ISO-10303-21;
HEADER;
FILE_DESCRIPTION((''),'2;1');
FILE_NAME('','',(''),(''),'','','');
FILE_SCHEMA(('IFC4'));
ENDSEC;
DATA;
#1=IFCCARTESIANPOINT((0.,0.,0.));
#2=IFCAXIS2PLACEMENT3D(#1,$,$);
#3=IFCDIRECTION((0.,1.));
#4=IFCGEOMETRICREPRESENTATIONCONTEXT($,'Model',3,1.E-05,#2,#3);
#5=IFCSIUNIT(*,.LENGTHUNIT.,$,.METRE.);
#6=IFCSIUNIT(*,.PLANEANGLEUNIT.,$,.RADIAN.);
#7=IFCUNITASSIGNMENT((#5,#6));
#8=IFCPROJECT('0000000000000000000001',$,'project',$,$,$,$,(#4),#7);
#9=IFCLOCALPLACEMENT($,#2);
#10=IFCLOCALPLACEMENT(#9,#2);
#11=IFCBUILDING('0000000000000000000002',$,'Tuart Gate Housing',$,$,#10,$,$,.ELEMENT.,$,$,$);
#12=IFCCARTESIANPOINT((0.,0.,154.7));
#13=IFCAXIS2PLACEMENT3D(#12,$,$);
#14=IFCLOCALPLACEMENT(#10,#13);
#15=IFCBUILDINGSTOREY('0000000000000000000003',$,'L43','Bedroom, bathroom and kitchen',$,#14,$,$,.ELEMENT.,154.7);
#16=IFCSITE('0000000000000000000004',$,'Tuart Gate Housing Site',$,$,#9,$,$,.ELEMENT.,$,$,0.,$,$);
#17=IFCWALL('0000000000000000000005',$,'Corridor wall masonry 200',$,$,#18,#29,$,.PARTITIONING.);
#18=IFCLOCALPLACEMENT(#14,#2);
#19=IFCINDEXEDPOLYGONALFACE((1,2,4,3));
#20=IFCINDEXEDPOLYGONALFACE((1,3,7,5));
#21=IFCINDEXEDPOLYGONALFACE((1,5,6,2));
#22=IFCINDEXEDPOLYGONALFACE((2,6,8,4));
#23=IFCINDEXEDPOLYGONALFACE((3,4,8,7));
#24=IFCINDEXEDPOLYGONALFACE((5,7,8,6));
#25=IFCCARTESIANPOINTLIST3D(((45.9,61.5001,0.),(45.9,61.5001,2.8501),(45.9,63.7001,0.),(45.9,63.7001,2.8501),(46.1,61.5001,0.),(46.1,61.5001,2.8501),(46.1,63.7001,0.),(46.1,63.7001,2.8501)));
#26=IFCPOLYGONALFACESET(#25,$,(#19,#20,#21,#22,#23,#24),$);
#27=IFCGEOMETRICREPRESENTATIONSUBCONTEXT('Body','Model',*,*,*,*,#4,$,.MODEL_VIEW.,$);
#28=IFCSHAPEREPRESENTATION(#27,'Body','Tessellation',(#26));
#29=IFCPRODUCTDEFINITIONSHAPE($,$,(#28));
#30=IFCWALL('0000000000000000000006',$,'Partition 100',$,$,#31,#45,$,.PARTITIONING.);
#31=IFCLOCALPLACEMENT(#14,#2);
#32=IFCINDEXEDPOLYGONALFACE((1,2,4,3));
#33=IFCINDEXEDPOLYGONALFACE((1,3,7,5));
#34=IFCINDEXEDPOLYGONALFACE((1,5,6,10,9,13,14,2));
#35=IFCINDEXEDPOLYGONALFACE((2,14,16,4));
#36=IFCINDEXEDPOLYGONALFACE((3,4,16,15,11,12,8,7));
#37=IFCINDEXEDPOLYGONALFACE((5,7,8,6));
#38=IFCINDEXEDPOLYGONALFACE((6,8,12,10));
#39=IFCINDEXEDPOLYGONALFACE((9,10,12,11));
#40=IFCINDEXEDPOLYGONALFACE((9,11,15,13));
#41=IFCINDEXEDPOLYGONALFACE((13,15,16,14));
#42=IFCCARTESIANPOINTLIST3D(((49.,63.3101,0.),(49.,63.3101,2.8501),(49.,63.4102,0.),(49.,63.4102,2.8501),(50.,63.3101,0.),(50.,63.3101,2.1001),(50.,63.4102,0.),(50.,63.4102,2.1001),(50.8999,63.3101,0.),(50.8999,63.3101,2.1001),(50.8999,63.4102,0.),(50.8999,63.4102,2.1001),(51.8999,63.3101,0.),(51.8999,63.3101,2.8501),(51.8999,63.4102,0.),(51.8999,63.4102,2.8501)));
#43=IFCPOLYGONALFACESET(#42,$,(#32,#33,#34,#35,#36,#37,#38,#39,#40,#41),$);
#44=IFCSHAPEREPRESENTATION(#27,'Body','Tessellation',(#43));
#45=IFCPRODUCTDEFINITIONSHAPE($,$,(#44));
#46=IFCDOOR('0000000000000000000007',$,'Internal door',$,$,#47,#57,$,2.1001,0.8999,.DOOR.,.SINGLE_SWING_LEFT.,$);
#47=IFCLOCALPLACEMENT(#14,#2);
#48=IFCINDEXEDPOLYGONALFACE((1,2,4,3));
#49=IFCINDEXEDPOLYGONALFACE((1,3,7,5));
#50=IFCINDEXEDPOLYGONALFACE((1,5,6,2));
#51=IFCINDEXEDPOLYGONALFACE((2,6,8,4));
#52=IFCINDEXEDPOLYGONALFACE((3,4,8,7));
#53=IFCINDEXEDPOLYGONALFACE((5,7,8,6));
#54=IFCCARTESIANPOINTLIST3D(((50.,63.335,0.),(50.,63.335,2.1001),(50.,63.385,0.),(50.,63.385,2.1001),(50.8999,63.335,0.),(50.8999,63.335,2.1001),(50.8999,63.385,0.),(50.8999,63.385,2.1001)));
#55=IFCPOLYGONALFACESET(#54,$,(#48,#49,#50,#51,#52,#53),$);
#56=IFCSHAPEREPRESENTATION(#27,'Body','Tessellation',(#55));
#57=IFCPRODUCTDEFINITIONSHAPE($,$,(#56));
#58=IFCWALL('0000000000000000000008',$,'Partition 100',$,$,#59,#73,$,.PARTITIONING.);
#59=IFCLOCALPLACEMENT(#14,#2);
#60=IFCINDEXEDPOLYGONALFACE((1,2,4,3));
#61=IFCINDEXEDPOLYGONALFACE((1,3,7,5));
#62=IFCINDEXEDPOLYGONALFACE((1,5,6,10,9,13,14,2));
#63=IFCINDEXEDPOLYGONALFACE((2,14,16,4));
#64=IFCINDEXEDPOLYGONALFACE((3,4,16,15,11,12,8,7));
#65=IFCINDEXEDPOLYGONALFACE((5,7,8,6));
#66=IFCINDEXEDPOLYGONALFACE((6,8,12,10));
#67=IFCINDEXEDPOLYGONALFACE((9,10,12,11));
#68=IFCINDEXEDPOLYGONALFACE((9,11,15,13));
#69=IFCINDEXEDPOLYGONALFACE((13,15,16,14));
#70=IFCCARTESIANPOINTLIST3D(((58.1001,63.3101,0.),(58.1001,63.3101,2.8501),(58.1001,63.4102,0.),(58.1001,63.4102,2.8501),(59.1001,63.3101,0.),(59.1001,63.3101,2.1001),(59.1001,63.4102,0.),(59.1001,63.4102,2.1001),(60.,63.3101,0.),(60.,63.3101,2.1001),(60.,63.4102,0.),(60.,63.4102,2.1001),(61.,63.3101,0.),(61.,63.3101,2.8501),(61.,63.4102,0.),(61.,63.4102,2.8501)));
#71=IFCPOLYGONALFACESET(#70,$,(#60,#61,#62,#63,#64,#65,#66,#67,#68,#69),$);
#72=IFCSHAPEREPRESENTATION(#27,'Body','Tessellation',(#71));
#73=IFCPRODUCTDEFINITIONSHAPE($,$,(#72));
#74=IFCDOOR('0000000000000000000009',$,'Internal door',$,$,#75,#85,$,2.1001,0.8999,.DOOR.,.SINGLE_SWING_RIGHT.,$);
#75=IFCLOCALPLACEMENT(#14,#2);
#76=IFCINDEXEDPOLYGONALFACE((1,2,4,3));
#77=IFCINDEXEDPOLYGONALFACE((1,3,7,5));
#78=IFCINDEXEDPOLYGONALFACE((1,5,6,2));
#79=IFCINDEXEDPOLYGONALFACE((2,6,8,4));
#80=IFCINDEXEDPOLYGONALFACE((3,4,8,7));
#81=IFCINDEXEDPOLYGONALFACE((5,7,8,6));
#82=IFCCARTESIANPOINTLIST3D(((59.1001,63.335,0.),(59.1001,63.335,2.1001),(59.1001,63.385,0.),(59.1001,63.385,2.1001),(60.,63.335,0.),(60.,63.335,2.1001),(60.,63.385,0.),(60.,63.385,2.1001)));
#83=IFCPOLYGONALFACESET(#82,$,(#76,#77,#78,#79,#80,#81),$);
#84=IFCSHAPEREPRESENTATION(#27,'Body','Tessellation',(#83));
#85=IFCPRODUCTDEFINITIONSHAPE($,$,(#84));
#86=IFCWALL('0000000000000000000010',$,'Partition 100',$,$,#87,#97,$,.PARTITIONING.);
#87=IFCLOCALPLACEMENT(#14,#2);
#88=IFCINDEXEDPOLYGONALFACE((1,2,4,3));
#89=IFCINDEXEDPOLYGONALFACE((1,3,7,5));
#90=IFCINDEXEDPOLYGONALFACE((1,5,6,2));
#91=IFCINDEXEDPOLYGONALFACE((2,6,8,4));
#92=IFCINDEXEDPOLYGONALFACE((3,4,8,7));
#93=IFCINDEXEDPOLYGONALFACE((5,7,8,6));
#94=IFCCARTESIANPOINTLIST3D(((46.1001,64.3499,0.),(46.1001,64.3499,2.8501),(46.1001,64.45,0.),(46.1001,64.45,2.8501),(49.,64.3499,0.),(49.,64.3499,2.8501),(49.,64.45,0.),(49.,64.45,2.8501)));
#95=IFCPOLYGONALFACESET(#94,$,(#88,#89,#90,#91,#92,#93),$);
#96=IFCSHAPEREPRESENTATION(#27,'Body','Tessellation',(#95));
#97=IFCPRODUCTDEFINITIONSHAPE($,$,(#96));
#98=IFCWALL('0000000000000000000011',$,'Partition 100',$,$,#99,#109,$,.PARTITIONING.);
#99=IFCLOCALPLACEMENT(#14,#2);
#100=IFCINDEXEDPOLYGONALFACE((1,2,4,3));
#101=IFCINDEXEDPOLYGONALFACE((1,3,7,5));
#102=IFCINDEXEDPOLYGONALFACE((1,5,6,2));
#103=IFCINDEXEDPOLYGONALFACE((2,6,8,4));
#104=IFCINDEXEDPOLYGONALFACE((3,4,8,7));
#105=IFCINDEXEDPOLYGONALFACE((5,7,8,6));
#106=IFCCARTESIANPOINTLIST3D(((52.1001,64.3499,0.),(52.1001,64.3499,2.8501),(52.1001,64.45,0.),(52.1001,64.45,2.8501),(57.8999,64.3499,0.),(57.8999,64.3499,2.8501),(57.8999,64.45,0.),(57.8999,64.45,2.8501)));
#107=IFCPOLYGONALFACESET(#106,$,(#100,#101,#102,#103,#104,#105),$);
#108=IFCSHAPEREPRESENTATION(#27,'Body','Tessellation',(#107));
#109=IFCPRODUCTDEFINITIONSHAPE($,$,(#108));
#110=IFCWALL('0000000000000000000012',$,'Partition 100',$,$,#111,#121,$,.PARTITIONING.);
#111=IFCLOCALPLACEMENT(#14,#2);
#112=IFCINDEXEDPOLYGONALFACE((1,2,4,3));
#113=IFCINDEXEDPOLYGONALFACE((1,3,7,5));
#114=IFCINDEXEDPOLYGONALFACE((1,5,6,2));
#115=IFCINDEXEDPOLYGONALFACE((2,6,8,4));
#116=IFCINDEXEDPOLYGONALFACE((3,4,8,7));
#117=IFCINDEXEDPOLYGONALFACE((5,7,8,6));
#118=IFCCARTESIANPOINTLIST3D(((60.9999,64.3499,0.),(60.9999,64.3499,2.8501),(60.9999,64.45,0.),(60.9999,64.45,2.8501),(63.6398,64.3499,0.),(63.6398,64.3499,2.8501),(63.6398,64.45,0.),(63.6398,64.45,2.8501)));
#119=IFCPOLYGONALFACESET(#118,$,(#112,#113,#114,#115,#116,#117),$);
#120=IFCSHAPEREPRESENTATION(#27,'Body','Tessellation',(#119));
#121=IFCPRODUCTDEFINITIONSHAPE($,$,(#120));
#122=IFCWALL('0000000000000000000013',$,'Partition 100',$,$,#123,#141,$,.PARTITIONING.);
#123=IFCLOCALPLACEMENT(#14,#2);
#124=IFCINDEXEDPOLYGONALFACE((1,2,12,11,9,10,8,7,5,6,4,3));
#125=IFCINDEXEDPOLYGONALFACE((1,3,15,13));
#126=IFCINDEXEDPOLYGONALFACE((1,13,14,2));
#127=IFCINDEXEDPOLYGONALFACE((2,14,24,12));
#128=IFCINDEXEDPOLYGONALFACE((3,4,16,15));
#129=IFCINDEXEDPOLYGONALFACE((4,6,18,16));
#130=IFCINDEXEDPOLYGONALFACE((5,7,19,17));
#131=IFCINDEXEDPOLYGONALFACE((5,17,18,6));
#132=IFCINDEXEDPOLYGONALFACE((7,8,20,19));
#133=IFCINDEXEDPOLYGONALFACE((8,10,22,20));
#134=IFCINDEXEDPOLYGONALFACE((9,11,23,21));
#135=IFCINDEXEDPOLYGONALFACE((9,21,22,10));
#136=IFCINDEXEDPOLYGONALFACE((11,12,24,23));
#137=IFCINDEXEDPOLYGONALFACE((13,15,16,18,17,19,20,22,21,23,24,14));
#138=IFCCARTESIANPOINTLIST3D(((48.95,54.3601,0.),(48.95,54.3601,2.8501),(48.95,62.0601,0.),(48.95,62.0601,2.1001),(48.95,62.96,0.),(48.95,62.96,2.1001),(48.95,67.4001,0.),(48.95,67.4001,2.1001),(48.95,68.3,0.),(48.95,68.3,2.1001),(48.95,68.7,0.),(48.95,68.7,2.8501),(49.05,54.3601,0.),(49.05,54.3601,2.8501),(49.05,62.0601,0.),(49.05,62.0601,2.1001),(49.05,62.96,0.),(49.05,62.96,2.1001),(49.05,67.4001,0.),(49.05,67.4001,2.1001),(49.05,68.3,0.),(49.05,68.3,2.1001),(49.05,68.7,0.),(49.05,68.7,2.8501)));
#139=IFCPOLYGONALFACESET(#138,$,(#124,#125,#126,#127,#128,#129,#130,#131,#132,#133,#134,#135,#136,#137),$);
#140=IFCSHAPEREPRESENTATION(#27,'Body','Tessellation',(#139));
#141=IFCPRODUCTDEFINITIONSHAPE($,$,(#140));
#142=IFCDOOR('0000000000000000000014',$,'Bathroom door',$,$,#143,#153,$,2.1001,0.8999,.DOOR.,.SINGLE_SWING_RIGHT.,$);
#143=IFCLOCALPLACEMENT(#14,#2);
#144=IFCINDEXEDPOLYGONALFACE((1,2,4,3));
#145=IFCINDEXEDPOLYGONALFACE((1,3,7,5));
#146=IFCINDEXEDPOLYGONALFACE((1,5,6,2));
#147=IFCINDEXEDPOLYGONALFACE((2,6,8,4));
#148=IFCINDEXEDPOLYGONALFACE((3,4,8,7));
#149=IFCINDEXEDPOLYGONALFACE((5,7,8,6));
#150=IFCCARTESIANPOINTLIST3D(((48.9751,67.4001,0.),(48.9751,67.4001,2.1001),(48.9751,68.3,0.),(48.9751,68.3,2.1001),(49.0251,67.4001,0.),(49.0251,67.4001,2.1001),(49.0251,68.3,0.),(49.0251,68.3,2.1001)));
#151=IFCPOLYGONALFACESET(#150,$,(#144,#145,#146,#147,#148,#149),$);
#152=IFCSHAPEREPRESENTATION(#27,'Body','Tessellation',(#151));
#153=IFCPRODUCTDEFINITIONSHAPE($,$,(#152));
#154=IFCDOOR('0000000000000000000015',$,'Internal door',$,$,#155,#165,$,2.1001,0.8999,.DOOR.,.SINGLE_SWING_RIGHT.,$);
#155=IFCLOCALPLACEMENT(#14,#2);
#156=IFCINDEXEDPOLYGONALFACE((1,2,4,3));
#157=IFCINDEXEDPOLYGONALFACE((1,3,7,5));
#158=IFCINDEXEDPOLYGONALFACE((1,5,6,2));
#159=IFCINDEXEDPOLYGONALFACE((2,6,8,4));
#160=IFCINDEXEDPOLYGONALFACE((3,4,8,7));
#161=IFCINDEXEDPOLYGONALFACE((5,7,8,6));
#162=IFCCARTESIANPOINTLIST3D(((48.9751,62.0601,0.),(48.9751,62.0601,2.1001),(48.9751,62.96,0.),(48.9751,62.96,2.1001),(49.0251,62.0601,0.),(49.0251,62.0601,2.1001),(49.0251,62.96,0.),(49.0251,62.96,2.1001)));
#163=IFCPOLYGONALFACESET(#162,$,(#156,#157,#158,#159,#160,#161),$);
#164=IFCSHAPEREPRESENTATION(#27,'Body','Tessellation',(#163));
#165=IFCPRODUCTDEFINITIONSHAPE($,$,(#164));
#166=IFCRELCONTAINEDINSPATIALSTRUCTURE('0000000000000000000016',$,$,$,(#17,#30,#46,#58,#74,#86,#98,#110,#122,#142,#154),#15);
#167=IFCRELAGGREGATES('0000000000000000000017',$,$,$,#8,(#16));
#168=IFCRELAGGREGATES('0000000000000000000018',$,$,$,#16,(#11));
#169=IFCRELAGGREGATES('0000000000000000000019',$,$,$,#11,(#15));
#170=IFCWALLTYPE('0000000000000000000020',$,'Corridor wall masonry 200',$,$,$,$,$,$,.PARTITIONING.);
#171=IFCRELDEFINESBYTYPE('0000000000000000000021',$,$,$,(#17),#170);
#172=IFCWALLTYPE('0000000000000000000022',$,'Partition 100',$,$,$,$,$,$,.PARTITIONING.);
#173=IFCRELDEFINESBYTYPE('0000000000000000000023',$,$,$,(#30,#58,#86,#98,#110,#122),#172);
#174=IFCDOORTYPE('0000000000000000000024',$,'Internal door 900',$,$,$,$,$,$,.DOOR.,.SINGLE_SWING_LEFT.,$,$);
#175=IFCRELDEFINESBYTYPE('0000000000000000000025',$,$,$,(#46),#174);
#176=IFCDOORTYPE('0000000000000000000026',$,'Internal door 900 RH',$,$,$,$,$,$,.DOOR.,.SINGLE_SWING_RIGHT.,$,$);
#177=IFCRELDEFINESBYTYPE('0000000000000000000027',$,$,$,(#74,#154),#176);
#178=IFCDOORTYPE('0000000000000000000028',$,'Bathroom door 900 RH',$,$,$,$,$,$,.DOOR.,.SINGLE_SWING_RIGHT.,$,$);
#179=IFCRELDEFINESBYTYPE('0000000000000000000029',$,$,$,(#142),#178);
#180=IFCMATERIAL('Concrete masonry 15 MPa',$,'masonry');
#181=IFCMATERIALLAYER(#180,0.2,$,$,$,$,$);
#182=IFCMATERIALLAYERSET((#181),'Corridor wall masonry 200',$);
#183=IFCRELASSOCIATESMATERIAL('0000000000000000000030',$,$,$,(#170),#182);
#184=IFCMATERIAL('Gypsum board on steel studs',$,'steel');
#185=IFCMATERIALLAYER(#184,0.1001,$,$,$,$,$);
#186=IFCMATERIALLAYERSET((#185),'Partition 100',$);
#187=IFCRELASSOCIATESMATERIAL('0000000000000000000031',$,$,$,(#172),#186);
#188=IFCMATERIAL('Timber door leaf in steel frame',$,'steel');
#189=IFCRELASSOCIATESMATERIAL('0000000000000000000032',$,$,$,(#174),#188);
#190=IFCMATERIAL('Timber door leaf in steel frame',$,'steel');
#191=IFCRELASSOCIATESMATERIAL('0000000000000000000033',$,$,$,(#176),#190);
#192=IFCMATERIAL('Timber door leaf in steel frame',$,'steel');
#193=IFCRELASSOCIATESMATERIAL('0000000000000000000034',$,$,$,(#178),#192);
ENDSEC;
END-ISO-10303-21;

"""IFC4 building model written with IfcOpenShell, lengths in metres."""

from ifc_helpers import new_model, si_unit, direction, frame, frame_2d, origin, place, context, subcontext, project, spatial, rectangle, extrude, material, layer, layer_set, type_object, element, fill, save


model = new_model("IFC4")

# Units and contexts
model_context = context("Model", 3, precision=1e-05, world=origin(), true_north=direction((0.0, 1.0)))
body_context = subcontext(model_context, "Body", "Model", "MODEL_VIEW")
ifc_project = project(units=[si_unit("LENGTHUNIT", "METRE"), si_unit("PLANEANGLEUNIT", "RADIAN")], contexts=[model_context])

# Site, building, storey
site_placement = place(None, origin())
site = spatial("IfcSite", under=ifc_project, at=site_placement, Name="Tuart Gate Housing Site", CompositionType="ELEMENT", RefElevation=0.0)
building_placement = place(site_placement, origin())
building = spatial("IfcBuilding", under=site, at=building_placement, Name="Tuart Gate Housing", CompositionType="ELEMENT")
storey_placement = place(building_placement, frame((0.0, 0.0, 154.7)))
storey = spatial("IfcBuildingStorey", under=building, at=storey_placement, Name="L43", Description="Bedroom, bathroom and kitchen", CompositionType="ELEMENT", Elevation=154.7)

# Wall
ifc_material_1 = material(Name="Concrete masonry 15 MPa", Category="masonry")
ifc_layer_1 = layer(ifc_material_1, 0.2)
ifc_layer_set_1 = layer_set([ifc_layer_1], Name="Corridor wall masonry 200")
wall_type_1 = type_object("IfcWallType", Name="Corridor wall masonry 200", PredefinedType="PARTITIONING", material=ifc_layer_set_1)
wall_1_placement = place(storey_placement, frame((46.0, 61.5, 0.0), z_axis=(0.0, 0.0, 1.0), x_axis=(0.0, 1.0, 0.0)))
element("IfcWall", 1, at=wall_1_placement, inside=storey, type_object=wall_type_1, Name="Corridor wall masonry 200", PredefinedType="PARTITIONING", context=body_context, shape_type="SweptSolid", body=[
    extrude(rectangle(XDim=2.2, YDim=0.2, at=frame_2d((1.1001, 0.0))), origin(), (0.0, 0.0, 1.0), 2.8501),
])

# Walls, openings, doors
ifc_material_2 = material(Name="Gypsum board on steel studs", Category="steel")
ifc_layer_2 = layer(ifc_material_2, 0.1001)
ifc_layer_set_2 = layer_set([ifc_layer_2], Name="Partition 100")
wall_type_2 = type_object("IfcWallType", Name="Partition 100", PredefinedType="PARTITIONING", material=ifc_layer_set_2)
wall_2_placement = place(storey_placement, frame((49.0, 63.3601, 0.0), z_axis=(0.0, 0.0, 1.0), x_axis=(1.0, 0.0, 0.0)))
wall_2 = element("IfcWall", 2, at=wall_2_placement, inside=storey, type_object=wall_type_2, Name="Partition 100", PredefinedType="PARTITIONING", context=body_context, shape_type="SweptSolid", body=[
    extrude(rectangle(XDim=2.8999, YDim=0.1001, at=frame_2d((1.45, 0.0))), origin(), (0.0, 0.0, 1.0), 2.8501),
])
opening_1_placement = place(wall_2_placement, frame((1.0, 0.0, 0.0)))
opening_1 = element("IfcOpeningElement", 3, at=opening_1_placement, cuts=wall_2, PredefinedType="OPENING", context=body_context, shape_type="SweptSolid", body=[
    extrude(rectangle(XDim=0.8999, YDim=2.1001, at=frame_2d((0.45, 1.05))), frame((0.0, 0.0601, 0.0), z_axis=(0.0, -1.0, 0.0), x_axis=(1.0, 0.0, 0.0)), (0.0, 0.0, 1.0), 0.1201),
])
ifc_material_3 = material(Name="Timber door leaf in steel frame", Category="steel")
door_type_1 = type_object("IfcDoorType", Name="Internal door 900", OperationType="SINGLE_SWING_LEFT", PredefinedType="DOOR", material=ifc_material_3)
door_1_placement = place(opening_1_placement, origin())
door_1 = element("IfcDoor", 4, at=door_1_placement, inside=storey, type_object=door_type_1, Name="Internal door", OperationType="SINGLE_SWING_LEFT", OverallHeight=2.1001, OverallWidth=0.8999, PredefinedType="DOOR", context=body_context, shape_type="SweptSolid", body=[
    extrude(rectangle(XDim=0.8999, YDim=2.1001, at=frame_2d((0.45, 1.05))), frame((0.0, 0.0249, 0.0), z_axis=(0.0, -1.0, 0.0), x_axis=(1.0, 0.0, 0.0)), (0.0, 0.0, 1.0), 0.05),
])
fill(opening_1, door_1)
wall_3_placement = place(storey_placement, frame((58.1001, 63.3601, 0.0), z_axis=(0.0, 0.0, 1.0), x_axis=(1.0, 0.0, 0.0)))
wall_3 = element("IfcWall", 5, at=wall_3_placement, inside=storey, type_object=wall_type_2, Name="Partition 100", PredefinedType="PARTITIONING", context=body_context, shape_type="SweptSolid", body=[
    extrude(rectangle(XDim=2.8999, YDim=0.1001, at=frame_2d((1.45, 0.0))), origin(), (0.0, 0.0, 1.0), 2.8501),
])
opening_2_placement = place(wall_3_placement, frame((1.0, 0.0, 0.0)))
opening_2 = element("IfcOpeningElement", 6, at=opening_2_placement, cuts=wall_3, PredefinedType="OPENING", context=body_context, shape_type="SweptSolid", body=[
    extrude(rectangle(XDim=0.8999, YDim=2.1001, at=frame_2d((0.45, 1.05))), frame((0.0, 0.0601, 0.0), z_axis=(0.0, -1.0, 0.0), x_axis=(1.0, 0.0, 0.0)), (0.0, 0.0, 1.0), 0.1201),
])
ifc_material_4 = material(Name="Timber door leaf in steel frame", Category="steel")
door_type_2 = type_object("IfcDoorType", Name="Internal door 900 RH", OperationType="SINGLE_SWING_RIGHT", PredefinedType="DOOR", material=ifc_material_4)
door_2_placement = place(opening_2_placement, origin())
door_2 = element("IfcDoor", 7, at=door_2_placement, inside=storey, type_object=door_type_2, Name="Internal door", OperationType="SINGLE_SWING_RIGHT", OverallHeight=2.1001, OverallWidth=0.8999, PredefinedType="DOOR", context=body_context, shape_type="SweptSolid", body=[
    extrude(rectangle(XDim=0.8999, YDim=2.1001, at=frame_2d((0.45, 1.05))), frame((0.0, 0.0249, 0.0), z_axis=(0.0, -1.0, 0.0), x_axis=(1.0, 0.0, 0.0)), (0.0, 0.0, 1.0), 0.05),
])
fill(opening_2, door_2)

# Walls
wall_4_placement = place(storey_placement, frame((46.1001, 64.3999, 0.0), z_axis=(0.0, 0.0, 1.0), x_axis=(1.0, 0.0, 0.0)))
element("IfcWall", 8, at=wall_4_placement, inside=storey, type_object=wall_type_2, Name="Partition 100", PredefinedType="PARTITIONING", context=body_context, shape_type="SweptSolid", body=[
    extrude(rectangle(XDim=2.8999, YDim=0.1001, at=frame_2d((1.45, 0.0))), origin(), (0.0, 0.0, 1.0), 2.8501),
])
wall_5_placement = place(storey_placement, frame((52.1001, 64.3999, 0.0), z_axis=(0.0, 0.0, 1.0), x_axis=(1.0, 0.0, 0.0)))
element("IfcWall", 9, at=wall_5_placement, inside=storey, type_object=wall_type_2, Name="Partition 100", PredefinedType="PARTITIONING", context=body_context, shape_type="SweptSolid", body=[
    extrude(rectangle(XDim=5.7998, YDim=0.1001, at=frame_2d((2.8999, 0.0))), origin(), (0.0, 0.0, 1.0), 2.8501),
])
wall_6_placement = place(storey_placement, frame((61.0, 64.3999, 0.0), z_axis=(0.0, 0.0, 1.0), x_axis=(1.0, 0.0, 0.0)))
element("IfcWall", 10, at=wall_6_placement, inside=storey, type_object=wall_type_2, Name="Partition 100", PredefinedType="PARTITIONING", context=body_context, shape_type="SweptSolid", body=[
    extrude(rectangle(XDim=2.6399, YDim=0.1001, at=frame_2d((1.3198, 0.0))), origin(), (0.0, 0.0, 1.0), 2.8501),
])

# Wall, openings, doors
wall_7_placement = place(storey_placement, frame((49.0, 54.3601, 0.0), z_axis=(0.0, 0.0, 1.0), x_axis=(0.0, 1.0, 0.0)))
wall_7 = element("IfcWall", 11, at=wall_7_placement, inside=storey, type_object=wall_type_2, Name="Partition 100", PredefinedType="PARTITIONING", context=body_context, shape_type="SweptSolid", body=[
    extrude(rectangle(XDim=14.3398, YDim=0.1001, at=frame_2d((7.1699, 0.0))), origin(), (0.0, 0.0, 1.0), 2.8501),
])
opening_3_placement = place(wall_7_placement, frame((7.7, 0.0, 0.0)))
opening_3 = element("IfcOpeningElement", 12, at=opening_3_placement, cuts=wall_7, PredefinedType="OPENING", context=body_context, shape_type="SweptSolid", body=[
    extrude(rectangle(XDim=0.8999, YDim=2.1001, at=frame_2d((0.45, 1.05))), frame((0.0, 0.0601, 0.0), z_axis=(0.0, -1.0, 0.0), x_axis=(1.0, 0.0, 0.0)), (0.0, 0.0, 1.0), 0.1201),
])
opening_4_placement = place(wall_7_placement, frame((13.04, 0.0, 0.0)))
opening_4 = element("IfcOpeningElement", 13, at=opening_4_placement, cuts=wall_7, PredefinedType="OPENING", context=body_context, shape_type="SweptSolid", body=[
    extrude(rectangle(XDim=0.8999, YDim=2.1001, at=frame_2d((0.45, 1.05))), frame((0.0, 0.0601, 0.0), z_axis=(0.0, -1.0, 0.0), x_axis=(1.0, 0.0, 0.0)), (0.0, 0.0, 1.0), 0.1201),
])
ifc_material_5 = material(Name="Timber door leaf in steel frame", Category="steel")
door_type_3 = type_object("IfcDoorType", Name="Bathroom door 900 RH", OperationType="SINGLE_SWING_RIGHT", PredefinedType="DOOR", material=ifc_material_5)
door_3_placement = place(opening_4_placement, origin())
door_3 = element("IfcDoor", 14, at=door_3_placement, inside=storey, type_object=door_type_3, Name="Bathroom door", OperationType="SINGLE_SWING_RIGHT", OverallHeight=2.1001, OverallWidth=0.8999, PredefinedType="DOOR", context=body_context, shape_type="SweptSolid", body=[
    extrude(rectangle(XDim=0.8999, YDim=2.1001, at=frame_2d((0.45, 1.05))), frame((0.0, 0.0249, 0.0), z_axis=(0.0, -1.0, 0.0), x_axis=(1.0, 0.0, 0.0)), (0.0, 0.0, 1.0), 0.05),
])
fill(opening_4, door_3)
door_4_placement = place(opening_3_placement, origin())
door_4 = element("IfcDoor", 15, at=door_4_placement, inside=storey, type_object=door_type_2, Name="Internal door", OperationType="SINGLE_SWING_RIGHT", OverallHeight=2.1001, OverallWidth=0.8999, PredefinedType="DOOR", context=body_context, shape_type="SweptSolid", body=[
    extrude(rectangle(XDim=0.8999, YDim=2.1001, at=frame_2d((0.45, 1.05))), frame((0.0, 0.0249, 0.0), z_axis=(0.0, -1.0, 0.0), x_axis=(1.0, 0.0, 0.0)), (0.0, 0.0, 1.0), 0.05),
])
fill(opening_3, door_4)

save(model, "model.ifc")
